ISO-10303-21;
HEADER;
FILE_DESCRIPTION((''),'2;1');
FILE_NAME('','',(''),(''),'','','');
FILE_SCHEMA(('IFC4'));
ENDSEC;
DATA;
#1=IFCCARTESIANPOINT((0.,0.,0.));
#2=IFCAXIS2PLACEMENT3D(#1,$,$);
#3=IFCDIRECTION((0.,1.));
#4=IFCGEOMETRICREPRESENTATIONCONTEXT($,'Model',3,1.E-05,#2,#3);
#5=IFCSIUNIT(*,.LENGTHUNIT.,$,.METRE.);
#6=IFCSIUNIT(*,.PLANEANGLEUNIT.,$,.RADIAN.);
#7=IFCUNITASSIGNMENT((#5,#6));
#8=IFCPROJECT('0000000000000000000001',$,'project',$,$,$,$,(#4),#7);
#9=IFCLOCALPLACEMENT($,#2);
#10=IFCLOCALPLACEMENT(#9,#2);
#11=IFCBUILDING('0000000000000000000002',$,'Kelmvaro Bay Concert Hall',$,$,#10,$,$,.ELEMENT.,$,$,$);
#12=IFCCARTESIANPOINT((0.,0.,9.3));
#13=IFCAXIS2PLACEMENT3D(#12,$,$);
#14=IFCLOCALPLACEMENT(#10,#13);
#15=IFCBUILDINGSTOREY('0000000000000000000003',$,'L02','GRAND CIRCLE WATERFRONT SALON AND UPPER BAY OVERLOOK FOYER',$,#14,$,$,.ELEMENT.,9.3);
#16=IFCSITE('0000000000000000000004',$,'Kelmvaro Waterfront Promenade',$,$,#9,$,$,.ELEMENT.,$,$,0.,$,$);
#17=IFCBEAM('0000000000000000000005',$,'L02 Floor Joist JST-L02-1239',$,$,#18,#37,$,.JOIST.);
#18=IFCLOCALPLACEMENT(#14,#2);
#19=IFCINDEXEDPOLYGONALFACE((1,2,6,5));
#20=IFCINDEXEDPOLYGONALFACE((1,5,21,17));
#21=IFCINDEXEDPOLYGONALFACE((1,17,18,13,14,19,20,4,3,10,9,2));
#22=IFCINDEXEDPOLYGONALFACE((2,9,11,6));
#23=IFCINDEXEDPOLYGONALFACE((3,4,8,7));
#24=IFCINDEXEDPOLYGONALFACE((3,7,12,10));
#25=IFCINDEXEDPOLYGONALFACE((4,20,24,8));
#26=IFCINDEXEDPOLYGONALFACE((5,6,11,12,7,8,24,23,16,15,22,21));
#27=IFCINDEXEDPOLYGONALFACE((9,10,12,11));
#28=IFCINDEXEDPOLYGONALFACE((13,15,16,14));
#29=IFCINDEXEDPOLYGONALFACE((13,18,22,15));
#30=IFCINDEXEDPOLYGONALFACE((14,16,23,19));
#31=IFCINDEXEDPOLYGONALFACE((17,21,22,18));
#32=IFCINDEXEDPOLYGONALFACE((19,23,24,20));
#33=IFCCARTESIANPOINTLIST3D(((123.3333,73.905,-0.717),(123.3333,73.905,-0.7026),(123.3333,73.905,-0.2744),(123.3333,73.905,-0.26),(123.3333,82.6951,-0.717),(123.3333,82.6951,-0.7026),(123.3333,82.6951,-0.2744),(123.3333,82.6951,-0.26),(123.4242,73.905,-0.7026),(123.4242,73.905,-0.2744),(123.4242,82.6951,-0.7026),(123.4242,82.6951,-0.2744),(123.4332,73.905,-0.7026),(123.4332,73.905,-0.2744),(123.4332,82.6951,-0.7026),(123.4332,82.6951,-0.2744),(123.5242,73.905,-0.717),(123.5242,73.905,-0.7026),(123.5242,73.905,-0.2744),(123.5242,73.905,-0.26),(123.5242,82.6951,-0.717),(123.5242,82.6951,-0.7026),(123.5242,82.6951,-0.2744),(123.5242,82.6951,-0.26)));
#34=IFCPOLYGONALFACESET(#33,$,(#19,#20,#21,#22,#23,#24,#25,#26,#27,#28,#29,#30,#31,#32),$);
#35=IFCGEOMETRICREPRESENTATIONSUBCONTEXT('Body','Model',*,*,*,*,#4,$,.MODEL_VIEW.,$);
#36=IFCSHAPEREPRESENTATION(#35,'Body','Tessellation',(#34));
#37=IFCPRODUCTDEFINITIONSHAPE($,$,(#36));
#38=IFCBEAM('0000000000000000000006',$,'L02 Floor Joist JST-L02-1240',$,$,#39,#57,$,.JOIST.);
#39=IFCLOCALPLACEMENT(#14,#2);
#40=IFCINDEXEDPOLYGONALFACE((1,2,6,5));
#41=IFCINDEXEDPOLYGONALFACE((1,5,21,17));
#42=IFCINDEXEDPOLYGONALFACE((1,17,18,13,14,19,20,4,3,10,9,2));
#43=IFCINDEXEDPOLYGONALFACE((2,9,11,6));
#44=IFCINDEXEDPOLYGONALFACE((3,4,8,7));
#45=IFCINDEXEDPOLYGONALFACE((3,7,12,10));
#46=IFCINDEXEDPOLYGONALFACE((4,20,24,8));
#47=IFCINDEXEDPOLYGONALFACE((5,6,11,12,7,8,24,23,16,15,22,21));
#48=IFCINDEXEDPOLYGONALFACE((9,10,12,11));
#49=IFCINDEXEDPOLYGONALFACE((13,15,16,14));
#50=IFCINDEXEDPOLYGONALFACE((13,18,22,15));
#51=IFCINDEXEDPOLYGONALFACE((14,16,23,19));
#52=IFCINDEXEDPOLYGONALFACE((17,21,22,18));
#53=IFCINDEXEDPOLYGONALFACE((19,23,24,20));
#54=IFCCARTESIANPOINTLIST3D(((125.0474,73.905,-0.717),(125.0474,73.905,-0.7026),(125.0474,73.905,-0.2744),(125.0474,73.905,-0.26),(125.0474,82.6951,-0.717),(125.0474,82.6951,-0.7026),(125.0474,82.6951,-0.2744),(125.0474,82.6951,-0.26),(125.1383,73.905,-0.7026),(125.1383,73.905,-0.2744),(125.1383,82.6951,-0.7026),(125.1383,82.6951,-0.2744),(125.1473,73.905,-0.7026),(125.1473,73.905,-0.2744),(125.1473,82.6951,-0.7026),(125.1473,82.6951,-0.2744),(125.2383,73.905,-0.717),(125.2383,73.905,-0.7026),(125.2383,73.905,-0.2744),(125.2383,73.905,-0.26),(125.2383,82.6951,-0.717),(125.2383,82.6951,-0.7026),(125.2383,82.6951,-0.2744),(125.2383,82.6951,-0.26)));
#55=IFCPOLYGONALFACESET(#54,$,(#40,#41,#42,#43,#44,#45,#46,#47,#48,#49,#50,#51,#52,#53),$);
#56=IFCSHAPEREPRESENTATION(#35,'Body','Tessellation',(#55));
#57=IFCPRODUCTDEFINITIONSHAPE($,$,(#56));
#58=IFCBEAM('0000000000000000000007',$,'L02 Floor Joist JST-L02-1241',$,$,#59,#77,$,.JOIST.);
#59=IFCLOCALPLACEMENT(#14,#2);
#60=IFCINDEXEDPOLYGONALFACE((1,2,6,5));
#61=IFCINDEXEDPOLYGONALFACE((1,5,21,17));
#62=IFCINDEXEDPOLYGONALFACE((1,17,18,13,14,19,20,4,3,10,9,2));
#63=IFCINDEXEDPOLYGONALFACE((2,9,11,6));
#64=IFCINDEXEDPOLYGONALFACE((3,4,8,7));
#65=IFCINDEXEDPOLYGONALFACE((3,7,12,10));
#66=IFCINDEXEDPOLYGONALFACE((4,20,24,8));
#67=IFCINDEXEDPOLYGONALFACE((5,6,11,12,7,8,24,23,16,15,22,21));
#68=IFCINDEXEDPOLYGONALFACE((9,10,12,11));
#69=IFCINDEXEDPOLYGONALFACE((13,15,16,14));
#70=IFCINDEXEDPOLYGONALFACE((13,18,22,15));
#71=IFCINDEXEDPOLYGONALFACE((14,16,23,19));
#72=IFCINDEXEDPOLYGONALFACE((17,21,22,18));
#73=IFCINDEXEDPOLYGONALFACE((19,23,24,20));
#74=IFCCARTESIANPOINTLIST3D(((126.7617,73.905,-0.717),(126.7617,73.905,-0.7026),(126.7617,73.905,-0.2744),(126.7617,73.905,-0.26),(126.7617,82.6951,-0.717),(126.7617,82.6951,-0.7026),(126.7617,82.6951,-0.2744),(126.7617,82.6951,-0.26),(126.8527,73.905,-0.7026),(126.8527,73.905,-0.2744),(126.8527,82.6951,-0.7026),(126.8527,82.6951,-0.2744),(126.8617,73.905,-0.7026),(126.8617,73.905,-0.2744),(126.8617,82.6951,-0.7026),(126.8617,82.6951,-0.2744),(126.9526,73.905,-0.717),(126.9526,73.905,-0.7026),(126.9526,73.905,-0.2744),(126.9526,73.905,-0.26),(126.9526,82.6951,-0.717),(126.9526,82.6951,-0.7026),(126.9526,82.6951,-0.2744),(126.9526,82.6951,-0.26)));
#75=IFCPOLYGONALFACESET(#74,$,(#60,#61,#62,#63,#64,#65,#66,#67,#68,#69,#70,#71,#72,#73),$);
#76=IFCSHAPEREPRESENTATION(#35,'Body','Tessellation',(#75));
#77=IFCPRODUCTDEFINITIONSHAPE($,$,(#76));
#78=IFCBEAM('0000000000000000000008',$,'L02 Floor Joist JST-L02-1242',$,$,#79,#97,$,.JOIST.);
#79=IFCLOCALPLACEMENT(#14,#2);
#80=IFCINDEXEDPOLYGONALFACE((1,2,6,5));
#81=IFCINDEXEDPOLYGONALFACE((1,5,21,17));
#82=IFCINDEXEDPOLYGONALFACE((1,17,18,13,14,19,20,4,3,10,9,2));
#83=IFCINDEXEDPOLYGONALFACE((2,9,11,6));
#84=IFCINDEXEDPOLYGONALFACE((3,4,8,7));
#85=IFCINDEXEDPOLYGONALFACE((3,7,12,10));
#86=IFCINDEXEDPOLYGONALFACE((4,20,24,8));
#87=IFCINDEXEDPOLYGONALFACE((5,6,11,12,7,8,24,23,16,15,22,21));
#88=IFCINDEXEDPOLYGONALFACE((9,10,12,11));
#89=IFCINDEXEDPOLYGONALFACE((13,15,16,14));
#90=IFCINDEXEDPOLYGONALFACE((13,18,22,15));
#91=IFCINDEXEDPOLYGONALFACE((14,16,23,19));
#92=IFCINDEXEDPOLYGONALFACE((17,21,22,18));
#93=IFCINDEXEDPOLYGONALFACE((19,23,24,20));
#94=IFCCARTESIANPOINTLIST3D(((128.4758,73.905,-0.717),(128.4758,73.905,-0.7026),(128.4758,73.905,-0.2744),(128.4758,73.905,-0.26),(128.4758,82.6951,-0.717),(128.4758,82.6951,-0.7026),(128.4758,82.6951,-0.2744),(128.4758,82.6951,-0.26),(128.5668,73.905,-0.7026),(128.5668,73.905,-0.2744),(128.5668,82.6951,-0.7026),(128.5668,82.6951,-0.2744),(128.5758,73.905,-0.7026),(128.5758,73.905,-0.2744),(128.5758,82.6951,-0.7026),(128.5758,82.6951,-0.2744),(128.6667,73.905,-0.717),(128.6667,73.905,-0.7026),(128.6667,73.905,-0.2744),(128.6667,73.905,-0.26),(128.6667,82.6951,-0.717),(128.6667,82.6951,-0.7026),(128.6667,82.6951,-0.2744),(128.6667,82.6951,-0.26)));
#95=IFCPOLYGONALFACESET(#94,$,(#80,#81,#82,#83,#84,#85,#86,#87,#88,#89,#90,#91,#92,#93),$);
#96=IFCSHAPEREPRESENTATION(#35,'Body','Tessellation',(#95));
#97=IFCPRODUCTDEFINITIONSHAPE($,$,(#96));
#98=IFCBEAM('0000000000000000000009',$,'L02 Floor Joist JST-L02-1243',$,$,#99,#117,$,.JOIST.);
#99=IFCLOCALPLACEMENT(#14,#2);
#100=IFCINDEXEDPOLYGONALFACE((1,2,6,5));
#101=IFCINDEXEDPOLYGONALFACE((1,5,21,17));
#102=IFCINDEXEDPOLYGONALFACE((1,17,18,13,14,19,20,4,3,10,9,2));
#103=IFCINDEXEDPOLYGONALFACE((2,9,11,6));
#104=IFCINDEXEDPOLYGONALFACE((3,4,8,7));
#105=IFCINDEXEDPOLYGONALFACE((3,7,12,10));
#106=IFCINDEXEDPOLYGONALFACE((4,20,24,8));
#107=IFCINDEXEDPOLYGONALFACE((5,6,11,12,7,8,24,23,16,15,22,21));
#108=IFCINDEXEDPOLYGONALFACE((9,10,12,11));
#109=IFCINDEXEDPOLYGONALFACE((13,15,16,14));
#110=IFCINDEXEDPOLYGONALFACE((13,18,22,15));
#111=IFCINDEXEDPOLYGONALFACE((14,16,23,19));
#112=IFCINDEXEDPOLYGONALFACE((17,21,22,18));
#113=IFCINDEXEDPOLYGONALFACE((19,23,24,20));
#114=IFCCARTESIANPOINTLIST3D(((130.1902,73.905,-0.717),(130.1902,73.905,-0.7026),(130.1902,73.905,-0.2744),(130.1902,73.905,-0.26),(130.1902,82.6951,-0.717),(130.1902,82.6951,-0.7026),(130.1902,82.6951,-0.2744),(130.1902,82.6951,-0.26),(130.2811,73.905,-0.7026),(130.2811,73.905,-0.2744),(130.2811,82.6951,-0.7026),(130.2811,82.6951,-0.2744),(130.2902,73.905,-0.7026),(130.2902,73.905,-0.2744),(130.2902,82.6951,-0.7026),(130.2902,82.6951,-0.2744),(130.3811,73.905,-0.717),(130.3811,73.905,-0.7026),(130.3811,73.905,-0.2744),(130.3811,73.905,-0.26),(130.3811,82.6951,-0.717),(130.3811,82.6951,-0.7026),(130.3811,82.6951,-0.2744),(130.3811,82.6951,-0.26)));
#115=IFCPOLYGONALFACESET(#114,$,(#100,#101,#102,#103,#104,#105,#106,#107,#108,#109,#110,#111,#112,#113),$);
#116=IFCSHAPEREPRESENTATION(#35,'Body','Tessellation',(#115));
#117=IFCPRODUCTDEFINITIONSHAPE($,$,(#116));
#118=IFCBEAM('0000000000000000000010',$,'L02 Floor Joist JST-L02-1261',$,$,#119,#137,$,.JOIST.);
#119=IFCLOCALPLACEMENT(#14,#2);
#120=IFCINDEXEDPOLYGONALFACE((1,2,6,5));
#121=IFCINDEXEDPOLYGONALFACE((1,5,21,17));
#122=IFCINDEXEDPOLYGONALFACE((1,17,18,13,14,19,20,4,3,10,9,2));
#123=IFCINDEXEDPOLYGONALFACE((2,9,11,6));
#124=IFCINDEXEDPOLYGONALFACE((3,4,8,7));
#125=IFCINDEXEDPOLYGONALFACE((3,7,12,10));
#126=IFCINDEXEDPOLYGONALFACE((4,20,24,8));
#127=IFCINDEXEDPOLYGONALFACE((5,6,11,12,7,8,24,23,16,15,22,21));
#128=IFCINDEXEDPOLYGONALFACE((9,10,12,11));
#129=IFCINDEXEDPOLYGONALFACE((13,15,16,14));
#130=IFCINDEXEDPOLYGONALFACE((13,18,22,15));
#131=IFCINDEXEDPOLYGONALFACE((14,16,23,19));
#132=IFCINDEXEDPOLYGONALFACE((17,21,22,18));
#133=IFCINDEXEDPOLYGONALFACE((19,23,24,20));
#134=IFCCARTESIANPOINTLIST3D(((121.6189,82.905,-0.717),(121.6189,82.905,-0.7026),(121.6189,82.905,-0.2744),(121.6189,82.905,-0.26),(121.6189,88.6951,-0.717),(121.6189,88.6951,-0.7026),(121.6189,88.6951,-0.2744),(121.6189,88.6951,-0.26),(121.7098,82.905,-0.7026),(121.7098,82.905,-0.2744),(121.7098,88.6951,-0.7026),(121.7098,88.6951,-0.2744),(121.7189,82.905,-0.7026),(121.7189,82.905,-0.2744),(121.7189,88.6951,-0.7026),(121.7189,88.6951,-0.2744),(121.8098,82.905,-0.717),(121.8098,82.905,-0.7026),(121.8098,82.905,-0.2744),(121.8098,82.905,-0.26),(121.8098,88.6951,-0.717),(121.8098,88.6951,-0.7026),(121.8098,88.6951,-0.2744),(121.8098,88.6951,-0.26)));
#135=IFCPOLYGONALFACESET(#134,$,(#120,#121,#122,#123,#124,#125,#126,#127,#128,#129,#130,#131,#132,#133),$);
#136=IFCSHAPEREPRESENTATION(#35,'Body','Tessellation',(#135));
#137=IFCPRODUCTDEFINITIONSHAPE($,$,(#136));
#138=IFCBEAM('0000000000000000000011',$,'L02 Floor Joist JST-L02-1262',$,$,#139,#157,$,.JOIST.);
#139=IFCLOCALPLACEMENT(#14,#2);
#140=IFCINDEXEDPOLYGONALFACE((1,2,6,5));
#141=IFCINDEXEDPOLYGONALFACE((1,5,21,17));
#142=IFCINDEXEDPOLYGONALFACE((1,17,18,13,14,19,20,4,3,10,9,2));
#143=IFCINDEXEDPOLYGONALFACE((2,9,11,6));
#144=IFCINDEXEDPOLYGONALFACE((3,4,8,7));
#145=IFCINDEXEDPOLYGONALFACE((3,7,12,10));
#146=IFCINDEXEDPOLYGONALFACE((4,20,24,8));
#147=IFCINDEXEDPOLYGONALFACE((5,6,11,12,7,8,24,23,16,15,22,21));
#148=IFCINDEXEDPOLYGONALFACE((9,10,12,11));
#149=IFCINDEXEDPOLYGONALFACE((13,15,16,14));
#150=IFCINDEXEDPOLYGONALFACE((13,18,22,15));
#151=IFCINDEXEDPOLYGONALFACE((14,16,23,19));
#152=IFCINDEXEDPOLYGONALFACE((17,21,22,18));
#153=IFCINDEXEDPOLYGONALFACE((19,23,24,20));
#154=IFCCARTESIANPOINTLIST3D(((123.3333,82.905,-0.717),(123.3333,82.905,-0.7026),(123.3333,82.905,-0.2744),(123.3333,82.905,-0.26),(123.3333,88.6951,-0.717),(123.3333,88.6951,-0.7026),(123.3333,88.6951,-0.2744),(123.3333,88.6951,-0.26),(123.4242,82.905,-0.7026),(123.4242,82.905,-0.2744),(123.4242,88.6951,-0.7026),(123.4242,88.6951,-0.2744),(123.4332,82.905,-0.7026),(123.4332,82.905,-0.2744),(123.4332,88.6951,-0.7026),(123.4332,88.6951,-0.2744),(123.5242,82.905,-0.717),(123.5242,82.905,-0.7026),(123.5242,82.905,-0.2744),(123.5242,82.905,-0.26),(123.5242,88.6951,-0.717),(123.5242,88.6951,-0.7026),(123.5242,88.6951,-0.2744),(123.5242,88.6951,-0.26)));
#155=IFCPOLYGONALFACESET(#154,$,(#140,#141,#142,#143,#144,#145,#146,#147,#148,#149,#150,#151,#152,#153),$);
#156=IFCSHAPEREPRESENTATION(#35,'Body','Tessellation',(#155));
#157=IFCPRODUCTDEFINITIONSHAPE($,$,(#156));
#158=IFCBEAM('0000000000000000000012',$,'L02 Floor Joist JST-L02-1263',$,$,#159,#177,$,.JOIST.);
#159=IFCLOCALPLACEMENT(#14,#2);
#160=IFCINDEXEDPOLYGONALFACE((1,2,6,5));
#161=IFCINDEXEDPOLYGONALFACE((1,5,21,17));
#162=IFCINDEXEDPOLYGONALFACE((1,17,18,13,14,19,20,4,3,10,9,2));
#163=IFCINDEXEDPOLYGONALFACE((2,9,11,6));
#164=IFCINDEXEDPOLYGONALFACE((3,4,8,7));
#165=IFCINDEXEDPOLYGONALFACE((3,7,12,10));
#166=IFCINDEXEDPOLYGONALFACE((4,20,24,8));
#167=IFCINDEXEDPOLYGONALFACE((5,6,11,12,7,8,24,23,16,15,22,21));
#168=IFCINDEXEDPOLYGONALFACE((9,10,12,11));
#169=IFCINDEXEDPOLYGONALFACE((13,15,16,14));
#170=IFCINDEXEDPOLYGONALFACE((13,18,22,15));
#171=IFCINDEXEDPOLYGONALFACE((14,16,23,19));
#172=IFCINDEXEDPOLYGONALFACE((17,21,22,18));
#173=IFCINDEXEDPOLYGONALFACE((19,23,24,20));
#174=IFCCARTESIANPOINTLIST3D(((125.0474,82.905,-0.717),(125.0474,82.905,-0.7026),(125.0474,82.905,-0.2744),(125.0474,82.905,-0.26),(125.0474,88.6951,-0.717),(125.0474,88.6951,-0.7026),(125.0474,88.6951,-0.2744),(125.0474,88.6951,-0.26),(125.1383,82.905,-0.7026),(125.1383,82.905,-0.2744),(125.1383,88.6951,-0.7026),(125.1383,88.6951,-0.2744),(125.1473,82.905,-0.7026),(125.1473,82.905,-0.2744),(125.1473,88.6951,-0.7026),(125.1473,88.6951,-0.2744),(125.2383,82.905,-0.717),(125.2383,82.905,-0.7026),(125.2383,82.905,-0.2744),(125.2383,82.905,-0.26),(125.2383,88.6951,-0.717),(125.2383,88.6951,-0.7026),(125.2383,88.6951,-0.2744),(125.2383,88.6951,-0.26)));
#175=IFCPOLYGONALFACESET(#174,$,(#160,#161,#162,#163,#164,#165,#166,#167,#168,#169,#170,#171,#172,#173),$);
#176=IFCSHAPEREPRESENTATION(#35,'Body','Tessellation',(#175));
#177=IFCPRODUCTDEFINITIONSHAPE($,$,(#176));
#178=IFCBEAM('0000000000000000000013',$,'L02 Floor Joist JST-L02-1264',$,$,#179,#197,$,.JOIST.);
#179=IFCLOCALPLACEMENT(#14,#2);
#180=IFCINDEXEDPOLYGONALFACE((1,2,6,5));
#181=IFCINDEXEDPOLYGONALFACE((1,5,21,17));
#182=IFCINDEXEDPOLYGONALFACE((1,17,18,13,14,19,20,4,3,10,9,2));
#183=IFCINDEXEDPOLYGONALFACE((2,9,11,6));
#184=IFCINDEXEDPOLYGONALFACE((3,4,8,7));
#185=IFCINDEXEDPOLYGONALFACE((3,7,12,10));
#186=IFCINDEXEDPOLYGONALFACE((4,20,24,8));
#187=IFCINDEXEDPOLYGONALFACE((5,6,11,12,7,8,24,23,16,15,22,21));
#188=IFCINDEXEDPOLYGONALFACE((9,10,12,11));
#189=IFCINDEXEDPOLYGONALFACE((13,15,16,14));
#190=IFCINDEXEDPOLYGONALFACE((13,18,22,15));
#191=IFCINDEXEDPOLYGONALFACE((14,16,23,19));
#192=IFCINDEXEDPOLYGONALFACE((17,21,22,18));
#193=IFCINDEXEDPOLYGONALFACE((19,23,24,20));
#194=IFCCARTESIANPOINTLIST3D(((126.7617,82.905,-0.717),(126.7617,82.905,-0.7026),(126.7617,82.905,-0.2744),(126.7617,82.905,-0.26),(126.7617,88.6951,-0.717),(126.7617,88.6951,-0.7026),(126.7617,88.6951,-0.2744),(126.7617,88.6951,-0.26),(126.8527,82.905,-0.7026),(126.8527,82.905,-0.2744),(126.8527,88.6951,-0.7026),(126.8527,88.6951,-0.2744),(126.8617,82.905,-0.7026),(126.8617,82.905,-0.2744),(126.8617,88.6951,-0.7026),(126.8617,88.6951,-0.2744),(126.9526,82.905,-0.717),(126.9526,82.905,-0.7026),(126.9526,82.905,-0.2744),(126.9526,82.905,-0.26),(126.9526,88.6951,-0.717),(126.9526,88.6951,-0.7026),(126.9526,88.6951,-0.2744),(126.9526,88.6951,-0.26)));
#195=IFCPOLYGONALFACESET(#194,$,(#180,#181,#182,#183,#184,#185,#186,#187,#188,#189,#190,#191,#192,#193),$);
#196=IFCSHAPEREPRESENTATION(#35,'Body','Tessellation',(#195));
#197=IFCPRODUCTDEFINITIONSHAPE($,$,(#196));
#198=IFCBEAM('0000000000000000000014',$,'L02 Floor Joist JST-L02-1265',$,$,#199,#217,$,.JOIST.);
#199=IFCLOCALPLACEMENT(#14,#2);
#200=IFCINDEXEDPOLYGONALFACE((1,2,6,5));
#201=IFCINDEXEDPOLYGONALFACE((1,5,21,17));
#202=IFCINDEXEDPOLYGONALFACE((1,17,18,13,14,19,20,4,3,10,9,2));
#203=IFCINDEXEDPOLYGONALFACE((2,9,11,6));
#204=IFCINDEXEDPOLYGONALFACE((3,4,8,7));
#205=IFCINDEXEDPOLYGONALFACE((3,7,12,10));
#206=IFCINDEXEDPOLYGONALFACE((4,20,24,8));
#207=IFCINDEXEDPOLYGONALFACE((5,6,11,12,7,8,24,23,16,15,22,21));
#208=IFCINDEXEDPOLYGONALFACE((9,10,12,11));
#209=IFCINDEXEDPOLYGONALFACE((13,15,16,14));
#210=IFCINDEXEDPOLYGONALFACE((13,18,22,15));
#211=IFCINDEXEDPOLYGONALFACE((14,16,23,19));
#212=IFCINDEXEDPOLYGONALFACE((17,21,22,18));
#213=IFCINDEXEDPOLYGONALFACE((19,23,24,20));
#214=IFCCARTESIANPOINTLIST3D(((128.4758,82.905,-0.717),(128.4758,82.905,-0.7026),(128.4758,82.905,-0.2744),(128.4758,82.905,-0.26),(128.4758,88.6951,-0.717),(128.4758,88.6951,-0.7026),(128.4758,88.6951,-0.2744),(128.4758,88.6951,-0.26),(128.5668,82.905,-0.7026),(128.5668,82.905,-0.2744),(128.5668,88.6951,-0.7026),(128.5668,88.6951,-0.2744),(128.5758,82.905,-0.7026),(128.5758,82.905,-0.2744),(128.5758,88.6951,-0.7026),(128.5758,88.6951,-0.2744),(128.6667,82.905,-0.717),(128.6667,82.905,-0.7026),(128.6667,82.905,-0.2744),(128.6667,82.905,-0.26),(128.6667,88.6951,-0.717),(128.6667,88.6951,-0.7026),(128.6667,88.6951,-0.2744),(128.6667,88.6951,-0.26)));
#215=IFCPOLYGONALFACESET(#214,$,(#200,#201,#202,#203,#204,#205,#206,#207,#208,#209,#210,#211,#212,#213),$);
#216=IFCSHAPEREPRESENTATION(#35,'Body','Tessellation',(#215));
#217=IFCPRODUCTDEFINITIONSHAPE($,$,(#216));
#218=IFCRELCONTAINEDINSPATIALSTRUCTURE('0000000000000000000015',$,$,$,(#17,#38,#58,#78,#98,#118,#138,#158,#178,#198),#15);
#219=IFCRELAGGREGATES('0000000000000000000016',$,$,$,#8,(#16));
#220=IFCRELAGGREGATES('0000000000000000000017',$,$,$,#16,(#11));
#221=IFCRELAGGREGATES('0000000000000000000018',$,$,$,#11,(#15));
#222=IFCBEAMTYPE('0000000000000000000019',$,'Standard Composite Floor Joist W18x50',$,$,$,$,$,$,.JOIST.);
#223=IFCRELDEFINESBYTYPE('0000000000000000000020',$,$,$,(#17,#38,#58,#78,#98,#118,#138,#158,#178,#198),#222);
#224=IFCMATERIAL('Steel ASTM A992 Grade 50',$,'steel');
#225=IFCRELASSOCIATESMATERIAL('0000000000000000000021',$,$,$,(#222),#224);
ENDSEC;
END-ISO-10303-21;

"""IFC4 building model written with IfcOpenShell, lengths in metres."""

from ifc_helpers import new_model, si_unit, direction, frame, origin, origin_2d, place, context, subcontext, project, spatial, i_section, extrude, material, material_profile, profile_set, type_object, element, save


model = new_model("IFC4")

# Units and contexts
model_context = context("Model", 3, precision=1e-05, world=origin(), true_north=direction((0.0, 1.0)))
body_context = subcontext(model_context, "Body", "Model", "MODEL_VIEW")
ifc_project = project(units=[si_unit("LENGTHUNIT", "METRE"), si_unit("PLANEANGLEUNIT", "RADIAN")], contexts=[model_context])

# Site, building, storey
site_placement = place(None, origin())
site = spatial("IfcSite", under=ifc_project, at=site_placement, Name="Kelmvaro Waterfront Promenade", CompositionType="ELEMENT", RefElevation=0.0)
building_placement = place(site_placement, origin())
building = spatial("IfcBuilding", under=site, at=building_placement, Name="Kelmvaro Bay Concert Hall", CompositionType="ELEMENT")
storey_placement = place(building_placement, frame((0.0, 0.0, 9.3)))
storey = spatial("IfcBuildingStorey", under=building, at=storey_placement, Name="L02", Description="GRAND CIRCLE WATERFRONT SALON AND UPPER BAY OVERLOOK FOYER", CompositionType="ELEMENT", Elevation=9.3)

# Beams
ifc_material_1 = material(Name="Steel ASTM A992 Grade 50", Category="steel")
ifc_material_profile_1 = material_profile(ifc_material_1, i_section(OverallWidth=0.1909, OverallDepth=0.457, WebThickness=0.009, FlangeThickness=0.0144, at=origin_2d()), Name="W18X50")
ifc_profile_set_1 = profile_set([ifc_material_profile_1], Name="Steel ASTM A992 Grade 50")
beam_type_1 = type_object("IfcBeamType", Name="Standard Composite Floor Joist W18x50", PredefinedType="JOIST", material=ifc_profile_set_1)
for number, where, z_axis, x_axis, name in (
    (1, (123.4287, 73.905, -0.4885), (0.0, 1.0, 0.0), (-1.0, 0.0, 0.0), "L02 Floor Joist JST-L02-1239"),
    (2, (125.1428, 73.905, -0.4885), (0.0, 1.0, 0.0), (-1.0, 0.0, 0.0), "L02 Floor Joist JST-L02-1240"),
    (3, (126.8572, 73.905, -0.4885), (0.0, 1.0, 0.0), (-1.0, 0.0, 0.0), "L02 Floor Joist JST-L02-1241"),
    (4, (128.5713, 73.905, -0.4885), (0.0, 1.0, 0.0), (-1.0, 0.0, 0.0), "L02 Floor Joist JST-L02-1242"),
    (5, (130.2856, 73.905, -0.4885), (0.0, 1.0, 0.0), (-1.0, 0.0, 0.0), "L02 Floor Joist JST-L02-1243"),
):
    element("IfcBeam", number, at=place(storey_placement, frame(where, z_axis=z_axis, x_axis=x_axis)), inside=storey, type_object=beam_type_1, Name=name, PredefinedType="JOIST", context=body_context, shape_type="SweptSolid", body=[
        extrude(i_section(OverallWidth=0.1909, OverallDepth=0.457, WebThickness=0.009, FlangeThickness=0.0144, at=origin_2d()), origin(), (0.0, 0.0, 1.0), 8.79),
    ])
for number, where, z_axis, x_axis, name in (
    (6, (121.7144, 82.905, -0.4885), (0.0, 1.0, 0.0), (-1.0, 0.0, 0.0), "L02 Floor Joist JST-L02-1261"),
    (7, (123.4287, 82.905, -0.4885), (0.0, 1.0, 0.0), (-1.0, 0.0, 0.0), "L02 Floor Joist JST-L02-1262"),
    (8, (125.1428, 82.905, -0.4885), (0.0, 1.0, 0.0), (-1.0, 0.0, 0.0), "L02 Floor Joist JST-L02-1263"),
    (9, (126.8572, 82.905, -0.4885), (0.0, 1.0, 0.0), (-1.0, 0.0, 0.0), "L02 Floor Joist JST-L02-1264"),
    (10, (128.5713, 82.905, -0.4885), (0.0, 1.0, 0.0), (-1.0, 0.0, 0.0), "L02 Floor Joist JST-L02-1265"),
):
    element("IfcBeam", number, at=place(storey_placement, frame(where, z_axis=z_axis, x_axis=x_axis)), inside=storey, type_object=beam_type_1, Name=name, PredefinedType="JOIST", context=body_context, shape_type="SweptSolid", body=[
        extrude(i_section(OverallWidth=0.1909, OverallDepth=0.457, WebThickness=0.009, FlangeThickness=0.0144, at=origin_2d()), origin(), (0.0, 0.0, 1.0), 5.79),
    ])

save(model, "model.ifc")
